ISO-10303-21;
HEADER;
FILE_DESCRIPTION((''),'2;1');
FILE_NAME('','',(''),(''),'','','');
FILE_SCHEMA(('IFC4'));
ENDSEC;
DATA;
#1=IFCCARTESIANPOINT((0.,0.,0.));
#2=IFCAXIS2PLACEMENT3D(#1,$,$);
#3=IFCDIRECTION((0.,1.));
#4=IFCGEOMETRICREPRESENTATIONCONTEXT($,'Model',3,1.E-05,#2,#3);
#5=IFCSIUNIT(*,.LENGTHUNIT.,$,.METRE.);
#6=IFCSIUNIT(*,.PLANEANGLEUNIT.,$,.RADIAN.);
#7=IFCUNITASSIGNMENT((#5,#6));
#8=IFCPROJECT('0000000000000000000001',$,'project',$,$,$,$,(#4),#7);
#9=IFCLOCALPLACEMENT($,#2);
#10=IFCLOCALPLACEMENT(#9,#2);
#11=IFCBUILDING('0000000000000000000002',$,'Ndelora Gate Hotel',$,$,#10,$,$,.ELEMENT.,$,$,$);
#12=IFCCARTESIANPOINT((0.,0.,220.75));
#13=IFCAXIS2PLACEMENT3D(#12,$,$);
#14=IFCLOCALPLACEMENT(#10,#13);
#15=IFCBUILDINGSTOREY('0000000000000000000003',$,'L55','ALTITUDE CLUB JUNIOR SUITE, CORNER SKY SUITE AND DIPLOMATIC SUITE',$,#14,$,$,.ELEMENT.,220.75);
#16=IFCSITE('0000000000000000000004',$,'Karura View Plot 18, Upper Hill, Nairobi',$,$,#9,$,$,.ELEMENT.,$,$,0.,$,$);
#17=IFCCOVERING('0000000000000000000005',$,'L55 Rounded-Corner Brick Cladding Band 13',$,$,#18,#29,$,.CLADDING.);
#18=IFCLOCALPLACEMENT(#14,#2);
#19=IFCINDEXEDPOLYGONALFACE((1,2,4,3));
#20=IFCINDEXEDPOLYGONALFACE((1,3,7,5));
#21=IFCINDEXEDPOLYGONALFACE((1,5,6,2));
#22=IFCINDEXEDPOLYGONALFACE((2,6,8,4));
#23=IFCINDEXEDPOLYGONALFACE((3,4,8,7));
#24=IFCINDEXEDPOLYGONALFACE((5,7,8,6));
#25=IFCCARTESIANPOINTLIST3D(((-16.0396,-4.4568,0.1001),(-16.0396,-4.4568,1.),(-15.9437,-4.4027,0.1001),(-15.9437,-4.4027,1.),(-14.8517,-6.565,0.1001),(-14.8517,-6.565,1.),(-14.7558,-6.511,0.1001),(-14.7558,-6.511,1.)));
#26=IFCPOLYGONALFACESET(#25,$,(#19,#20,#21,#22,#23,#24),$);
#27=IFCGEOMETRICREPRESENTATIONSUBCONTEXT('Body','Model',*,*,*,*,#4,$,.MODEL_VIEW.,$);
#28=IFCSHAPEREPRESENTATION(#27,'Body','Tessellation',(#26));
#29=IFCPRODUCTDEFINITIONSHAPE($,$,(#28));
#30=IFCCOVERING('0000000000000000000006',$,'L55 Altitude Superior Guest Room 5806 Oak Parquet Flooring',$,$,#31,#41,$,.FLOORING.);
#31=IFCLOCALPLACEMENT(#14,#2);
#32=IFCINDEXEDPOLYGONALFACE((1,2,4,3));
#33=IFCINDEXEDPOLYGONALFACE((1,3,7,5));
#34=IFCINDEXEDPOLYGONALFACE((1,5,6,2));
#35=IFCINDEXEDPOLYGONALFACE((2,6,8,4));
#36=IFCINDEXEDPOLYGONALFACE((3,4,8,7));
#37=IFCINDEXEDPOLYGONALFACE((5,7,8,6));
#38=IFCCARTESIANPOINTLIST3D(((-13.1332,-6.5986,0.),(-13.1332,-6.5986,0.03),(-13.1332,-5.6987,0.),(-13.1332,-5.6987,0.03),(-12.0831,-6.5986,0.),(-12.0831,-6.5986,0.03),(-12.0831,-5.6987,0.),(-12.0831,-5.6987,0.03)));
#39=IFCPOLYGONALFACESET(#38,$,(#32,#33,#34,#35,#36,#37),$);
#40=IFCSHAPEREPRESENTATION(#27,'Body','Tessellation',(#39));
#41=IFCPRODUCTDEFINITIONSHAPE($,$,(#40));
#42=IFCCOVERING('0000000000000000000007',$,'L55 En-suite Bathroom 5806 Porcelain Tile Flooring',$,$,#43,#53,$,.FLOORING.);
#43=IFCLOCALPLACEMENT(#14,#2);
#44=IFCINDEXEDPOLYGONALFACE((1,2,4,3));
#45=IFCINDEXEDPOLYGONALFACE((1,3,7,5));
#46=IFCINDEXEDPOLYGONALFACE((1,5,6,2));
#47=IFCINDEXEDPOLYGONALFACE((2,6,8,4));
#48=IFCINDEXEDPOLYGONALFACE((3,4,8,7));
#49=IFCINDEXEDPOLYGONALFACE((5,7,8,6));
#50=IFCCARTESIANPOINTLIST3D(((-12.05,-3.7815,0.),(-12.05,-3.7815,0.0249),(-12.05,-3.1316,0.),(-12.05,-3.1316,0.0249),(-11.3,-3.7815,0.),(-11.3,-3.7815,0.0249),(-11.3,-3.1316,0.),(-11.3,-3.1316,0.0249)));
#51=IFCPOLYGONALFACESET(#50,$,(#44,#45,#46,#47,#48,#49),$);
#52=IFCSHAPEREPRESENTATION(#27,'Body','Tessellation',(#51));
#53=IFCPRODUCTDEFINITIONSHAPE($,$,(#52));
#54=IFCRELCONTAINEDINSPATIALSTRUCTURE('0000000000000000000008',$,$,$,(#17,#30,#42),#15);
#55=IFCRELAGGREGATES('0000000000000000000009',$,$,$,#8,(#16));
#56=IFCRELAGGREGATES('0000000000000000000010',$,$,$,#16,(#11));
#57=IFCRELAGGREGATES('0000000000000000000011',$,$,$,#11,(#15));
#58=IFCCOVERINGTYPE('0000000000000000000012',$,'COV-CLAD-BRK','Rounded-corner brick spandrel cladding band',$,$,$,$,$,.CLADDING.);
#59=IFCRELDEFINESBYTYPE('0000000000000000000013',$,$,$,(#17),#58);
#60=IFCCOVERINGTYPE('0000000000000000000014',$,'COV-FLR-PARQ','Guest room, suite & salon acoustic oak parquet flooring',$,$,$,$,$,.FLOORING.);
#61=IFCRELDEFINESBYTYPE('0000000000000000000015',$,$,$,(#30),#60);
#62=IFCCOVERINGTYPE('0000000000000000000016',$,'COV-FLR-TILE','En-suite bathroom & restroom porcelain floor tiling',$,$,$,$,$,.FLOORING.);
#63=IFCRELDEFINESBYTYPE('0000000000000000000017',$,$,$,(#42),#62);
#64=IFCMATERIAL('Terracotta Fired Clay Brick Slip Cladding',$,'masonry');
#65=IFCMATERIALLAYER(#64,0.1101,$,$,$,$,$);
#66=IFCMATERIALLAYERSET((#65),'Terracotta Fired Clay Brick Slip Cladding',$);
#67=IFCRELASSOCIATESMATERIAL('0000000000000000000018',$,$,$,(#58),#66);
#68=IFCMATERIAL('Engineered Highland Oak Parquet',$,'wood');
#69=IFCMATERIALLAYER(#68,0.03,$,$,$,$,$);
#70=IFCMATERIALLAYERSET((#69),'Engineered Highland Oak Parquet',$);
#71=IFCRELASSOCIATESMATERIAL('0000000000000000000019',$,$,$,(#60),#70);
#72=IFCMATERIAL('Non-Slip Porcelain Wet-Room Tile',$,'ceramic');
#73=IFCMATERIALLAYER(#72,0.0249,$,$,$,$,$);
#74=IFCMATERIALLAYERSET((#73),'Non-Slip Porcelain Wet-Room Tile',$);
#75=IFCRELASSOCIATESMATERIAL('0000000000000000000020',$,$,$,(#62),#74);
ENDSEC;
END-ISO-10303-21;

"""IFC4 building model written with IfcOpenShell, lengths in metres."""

from ifc_helpers import new_model, si_unit, direction, frame, origin, origin_2d, place, context, subcontext, project, spatial, rectangle, extrude, material, layer, layer_set, type_object, element, save


model = new_model("IFC4")

# Units and contexts
model_context = context("Model", 3, precision=1e-05, world=origin(), true_north=direction((0.0, 1.0)))
body_context = subcontext(model_context, "Body", "Model", "MODEL_VIEW")
ifc_project = project(units=[si_unit("LENGTHUNIT", "METRE"), si_unit("PLANEANGLEUNIT", "RADIAN")], contexts=[model_context])

# Site, building, storey
site_placement = place(None, origin())
site = spatial("IfcSite", under=ifc_project, at=site_placement, Name="Karura View Plot 18, Upper Hill, Nairobi", CompositionType="ELEMENT", RefElevation=0.0)
building_placement = place(site_placement, origin())
building = spatial("IfcBuilding", under=site, at=building_placement, Name="Ndelora Gate Hotel", CompositionType="ELEMENT")
storey_placement = place(building_placement, frame((0.0, 0.0, 220.75)))
storey = spatial("IfcBuildingStorey", under=building, at=storey_placement, Name="L55", Description="ALTITUDE CLUB JUNIOR SUITE, CORNER SKY SUITE AND DIPLOMATIC SUITE", CompositionType="ELEMENT", Elevation=220.75)

# Coverings
ifc_material_1 = material(Name="Terracotta Fired Clay Brick Slip Cladding", Category="masonry")
ifc_layer_1 = layer(ifc_material_1, 0.1101)
ifc_layer_set_1 = layer_set([ifc_layer_1], Name="Terracotta Fired Clay Brick Slip Cladding")
covering_type_1 = type_object("IfcCoveringType", Name="COV-CLAD-BRK", Description="Rounded-corner brick spandrel cladding band", PredefinedType="CLADDING", material=ifc_layer_set_1)
covering_1_placement = place(storey_placement, frame((-15.3977, -5.4839, 0.1001), z_axis=(0.0, 0.0, 1.0), x_axis=(-0.490904, 0.871214, 0.0)))
element("IfcCovering", 1, at=covering_1_placement, inside=storey, type_object=covering_type_1, Name="L55 Rounded-Corner Brick Cladding Band 13", PredefinedType="CLADDING", context=body_context, shape_type="SweptSolid", body=[
    extrude(rectangle(XDim=2.4199, YDim=0.1101, at=origin_2d()), origin(), (0.0, 0.0, 1.0), 0.8999),
])
ifc_material_2 = material(Name="Engineered Highland Oak Parquet", Category="wood")
ifc_layer_2 = layer(ifc_material_2, 0.03)
ifc_layer_set_2 = layer_set([ifc_layer_2], Name="Engineered Highland Oak Parquet")
covering_type_2 = type_object("IfcCoveringType", Name="COV-FLR-PARQ", Description="Guest room, suite & salon acoustic oak parquet flooring", PredefinedType="FLOORING", material=ifc_layer_set_2)
covering_2_placement = place(storey_placement, frame((-12.6082, -6.1487, 0.0), z_axis=(0.0, 0.0, 1.0), x_axis=(1.0, 0.0, 0.0)))
element("IfcCovering", 2, at=covering_2_placement, inside=storey, type_object=covering_type_2, Name="L55 Altitude Superior Guest Room 5806 Oak Parquet Flooring", PredefinedType="FLOORING", context=body_context, shape_type="SweptSolid", body=[
    extrude(rectangle(XDim=1.05, YDim=0.8999, at=origin_2d()), origin(), (0.0, 0.0, 1.0), 0.03),
])
ifc_material_3 = material(Name="Non-Slip Porcelain Wet-Room Tile", Category="ceramic")
ifc_layer_3 = layer(ifc_material_3, 0.0249)
ifc_layer_set_3 = layer_set([ifc_layer_3], Name="Non-Slip Porcelain Wet-Room Tile")
covering_type_3 = type_object("IfcCoveringType", Name="COV-FLR-TILE", Description="En-suite bathroom & restroom porcelain floor tiling", PredefinedType="FLOORING", material=ifc_layer_set_3)
covering_3_placement = place(storey_placement, frame((-11.675, -3.4565, 0.0), z_axis=(0.0, 0.0, 1.0), x_axis=(1.0, 0.0, 0.0)))
element("IfcCovering", 3, at=covering_3_placement, inside=storey, type_object=covering_type_3, Name="L55 En-suite Bathroom 5806 Porcelain Tile Flooring", PredefinedType="FLOORING", context=body_context, shape_type="SweptSolid", body=[
    extrude(rectangle(XDim=0.75, YDim=0.6499, at=origin_2d()), origin(), (0.0, 0.0, 1.0), 0.0249),
])

save(model, "model.ifc")
